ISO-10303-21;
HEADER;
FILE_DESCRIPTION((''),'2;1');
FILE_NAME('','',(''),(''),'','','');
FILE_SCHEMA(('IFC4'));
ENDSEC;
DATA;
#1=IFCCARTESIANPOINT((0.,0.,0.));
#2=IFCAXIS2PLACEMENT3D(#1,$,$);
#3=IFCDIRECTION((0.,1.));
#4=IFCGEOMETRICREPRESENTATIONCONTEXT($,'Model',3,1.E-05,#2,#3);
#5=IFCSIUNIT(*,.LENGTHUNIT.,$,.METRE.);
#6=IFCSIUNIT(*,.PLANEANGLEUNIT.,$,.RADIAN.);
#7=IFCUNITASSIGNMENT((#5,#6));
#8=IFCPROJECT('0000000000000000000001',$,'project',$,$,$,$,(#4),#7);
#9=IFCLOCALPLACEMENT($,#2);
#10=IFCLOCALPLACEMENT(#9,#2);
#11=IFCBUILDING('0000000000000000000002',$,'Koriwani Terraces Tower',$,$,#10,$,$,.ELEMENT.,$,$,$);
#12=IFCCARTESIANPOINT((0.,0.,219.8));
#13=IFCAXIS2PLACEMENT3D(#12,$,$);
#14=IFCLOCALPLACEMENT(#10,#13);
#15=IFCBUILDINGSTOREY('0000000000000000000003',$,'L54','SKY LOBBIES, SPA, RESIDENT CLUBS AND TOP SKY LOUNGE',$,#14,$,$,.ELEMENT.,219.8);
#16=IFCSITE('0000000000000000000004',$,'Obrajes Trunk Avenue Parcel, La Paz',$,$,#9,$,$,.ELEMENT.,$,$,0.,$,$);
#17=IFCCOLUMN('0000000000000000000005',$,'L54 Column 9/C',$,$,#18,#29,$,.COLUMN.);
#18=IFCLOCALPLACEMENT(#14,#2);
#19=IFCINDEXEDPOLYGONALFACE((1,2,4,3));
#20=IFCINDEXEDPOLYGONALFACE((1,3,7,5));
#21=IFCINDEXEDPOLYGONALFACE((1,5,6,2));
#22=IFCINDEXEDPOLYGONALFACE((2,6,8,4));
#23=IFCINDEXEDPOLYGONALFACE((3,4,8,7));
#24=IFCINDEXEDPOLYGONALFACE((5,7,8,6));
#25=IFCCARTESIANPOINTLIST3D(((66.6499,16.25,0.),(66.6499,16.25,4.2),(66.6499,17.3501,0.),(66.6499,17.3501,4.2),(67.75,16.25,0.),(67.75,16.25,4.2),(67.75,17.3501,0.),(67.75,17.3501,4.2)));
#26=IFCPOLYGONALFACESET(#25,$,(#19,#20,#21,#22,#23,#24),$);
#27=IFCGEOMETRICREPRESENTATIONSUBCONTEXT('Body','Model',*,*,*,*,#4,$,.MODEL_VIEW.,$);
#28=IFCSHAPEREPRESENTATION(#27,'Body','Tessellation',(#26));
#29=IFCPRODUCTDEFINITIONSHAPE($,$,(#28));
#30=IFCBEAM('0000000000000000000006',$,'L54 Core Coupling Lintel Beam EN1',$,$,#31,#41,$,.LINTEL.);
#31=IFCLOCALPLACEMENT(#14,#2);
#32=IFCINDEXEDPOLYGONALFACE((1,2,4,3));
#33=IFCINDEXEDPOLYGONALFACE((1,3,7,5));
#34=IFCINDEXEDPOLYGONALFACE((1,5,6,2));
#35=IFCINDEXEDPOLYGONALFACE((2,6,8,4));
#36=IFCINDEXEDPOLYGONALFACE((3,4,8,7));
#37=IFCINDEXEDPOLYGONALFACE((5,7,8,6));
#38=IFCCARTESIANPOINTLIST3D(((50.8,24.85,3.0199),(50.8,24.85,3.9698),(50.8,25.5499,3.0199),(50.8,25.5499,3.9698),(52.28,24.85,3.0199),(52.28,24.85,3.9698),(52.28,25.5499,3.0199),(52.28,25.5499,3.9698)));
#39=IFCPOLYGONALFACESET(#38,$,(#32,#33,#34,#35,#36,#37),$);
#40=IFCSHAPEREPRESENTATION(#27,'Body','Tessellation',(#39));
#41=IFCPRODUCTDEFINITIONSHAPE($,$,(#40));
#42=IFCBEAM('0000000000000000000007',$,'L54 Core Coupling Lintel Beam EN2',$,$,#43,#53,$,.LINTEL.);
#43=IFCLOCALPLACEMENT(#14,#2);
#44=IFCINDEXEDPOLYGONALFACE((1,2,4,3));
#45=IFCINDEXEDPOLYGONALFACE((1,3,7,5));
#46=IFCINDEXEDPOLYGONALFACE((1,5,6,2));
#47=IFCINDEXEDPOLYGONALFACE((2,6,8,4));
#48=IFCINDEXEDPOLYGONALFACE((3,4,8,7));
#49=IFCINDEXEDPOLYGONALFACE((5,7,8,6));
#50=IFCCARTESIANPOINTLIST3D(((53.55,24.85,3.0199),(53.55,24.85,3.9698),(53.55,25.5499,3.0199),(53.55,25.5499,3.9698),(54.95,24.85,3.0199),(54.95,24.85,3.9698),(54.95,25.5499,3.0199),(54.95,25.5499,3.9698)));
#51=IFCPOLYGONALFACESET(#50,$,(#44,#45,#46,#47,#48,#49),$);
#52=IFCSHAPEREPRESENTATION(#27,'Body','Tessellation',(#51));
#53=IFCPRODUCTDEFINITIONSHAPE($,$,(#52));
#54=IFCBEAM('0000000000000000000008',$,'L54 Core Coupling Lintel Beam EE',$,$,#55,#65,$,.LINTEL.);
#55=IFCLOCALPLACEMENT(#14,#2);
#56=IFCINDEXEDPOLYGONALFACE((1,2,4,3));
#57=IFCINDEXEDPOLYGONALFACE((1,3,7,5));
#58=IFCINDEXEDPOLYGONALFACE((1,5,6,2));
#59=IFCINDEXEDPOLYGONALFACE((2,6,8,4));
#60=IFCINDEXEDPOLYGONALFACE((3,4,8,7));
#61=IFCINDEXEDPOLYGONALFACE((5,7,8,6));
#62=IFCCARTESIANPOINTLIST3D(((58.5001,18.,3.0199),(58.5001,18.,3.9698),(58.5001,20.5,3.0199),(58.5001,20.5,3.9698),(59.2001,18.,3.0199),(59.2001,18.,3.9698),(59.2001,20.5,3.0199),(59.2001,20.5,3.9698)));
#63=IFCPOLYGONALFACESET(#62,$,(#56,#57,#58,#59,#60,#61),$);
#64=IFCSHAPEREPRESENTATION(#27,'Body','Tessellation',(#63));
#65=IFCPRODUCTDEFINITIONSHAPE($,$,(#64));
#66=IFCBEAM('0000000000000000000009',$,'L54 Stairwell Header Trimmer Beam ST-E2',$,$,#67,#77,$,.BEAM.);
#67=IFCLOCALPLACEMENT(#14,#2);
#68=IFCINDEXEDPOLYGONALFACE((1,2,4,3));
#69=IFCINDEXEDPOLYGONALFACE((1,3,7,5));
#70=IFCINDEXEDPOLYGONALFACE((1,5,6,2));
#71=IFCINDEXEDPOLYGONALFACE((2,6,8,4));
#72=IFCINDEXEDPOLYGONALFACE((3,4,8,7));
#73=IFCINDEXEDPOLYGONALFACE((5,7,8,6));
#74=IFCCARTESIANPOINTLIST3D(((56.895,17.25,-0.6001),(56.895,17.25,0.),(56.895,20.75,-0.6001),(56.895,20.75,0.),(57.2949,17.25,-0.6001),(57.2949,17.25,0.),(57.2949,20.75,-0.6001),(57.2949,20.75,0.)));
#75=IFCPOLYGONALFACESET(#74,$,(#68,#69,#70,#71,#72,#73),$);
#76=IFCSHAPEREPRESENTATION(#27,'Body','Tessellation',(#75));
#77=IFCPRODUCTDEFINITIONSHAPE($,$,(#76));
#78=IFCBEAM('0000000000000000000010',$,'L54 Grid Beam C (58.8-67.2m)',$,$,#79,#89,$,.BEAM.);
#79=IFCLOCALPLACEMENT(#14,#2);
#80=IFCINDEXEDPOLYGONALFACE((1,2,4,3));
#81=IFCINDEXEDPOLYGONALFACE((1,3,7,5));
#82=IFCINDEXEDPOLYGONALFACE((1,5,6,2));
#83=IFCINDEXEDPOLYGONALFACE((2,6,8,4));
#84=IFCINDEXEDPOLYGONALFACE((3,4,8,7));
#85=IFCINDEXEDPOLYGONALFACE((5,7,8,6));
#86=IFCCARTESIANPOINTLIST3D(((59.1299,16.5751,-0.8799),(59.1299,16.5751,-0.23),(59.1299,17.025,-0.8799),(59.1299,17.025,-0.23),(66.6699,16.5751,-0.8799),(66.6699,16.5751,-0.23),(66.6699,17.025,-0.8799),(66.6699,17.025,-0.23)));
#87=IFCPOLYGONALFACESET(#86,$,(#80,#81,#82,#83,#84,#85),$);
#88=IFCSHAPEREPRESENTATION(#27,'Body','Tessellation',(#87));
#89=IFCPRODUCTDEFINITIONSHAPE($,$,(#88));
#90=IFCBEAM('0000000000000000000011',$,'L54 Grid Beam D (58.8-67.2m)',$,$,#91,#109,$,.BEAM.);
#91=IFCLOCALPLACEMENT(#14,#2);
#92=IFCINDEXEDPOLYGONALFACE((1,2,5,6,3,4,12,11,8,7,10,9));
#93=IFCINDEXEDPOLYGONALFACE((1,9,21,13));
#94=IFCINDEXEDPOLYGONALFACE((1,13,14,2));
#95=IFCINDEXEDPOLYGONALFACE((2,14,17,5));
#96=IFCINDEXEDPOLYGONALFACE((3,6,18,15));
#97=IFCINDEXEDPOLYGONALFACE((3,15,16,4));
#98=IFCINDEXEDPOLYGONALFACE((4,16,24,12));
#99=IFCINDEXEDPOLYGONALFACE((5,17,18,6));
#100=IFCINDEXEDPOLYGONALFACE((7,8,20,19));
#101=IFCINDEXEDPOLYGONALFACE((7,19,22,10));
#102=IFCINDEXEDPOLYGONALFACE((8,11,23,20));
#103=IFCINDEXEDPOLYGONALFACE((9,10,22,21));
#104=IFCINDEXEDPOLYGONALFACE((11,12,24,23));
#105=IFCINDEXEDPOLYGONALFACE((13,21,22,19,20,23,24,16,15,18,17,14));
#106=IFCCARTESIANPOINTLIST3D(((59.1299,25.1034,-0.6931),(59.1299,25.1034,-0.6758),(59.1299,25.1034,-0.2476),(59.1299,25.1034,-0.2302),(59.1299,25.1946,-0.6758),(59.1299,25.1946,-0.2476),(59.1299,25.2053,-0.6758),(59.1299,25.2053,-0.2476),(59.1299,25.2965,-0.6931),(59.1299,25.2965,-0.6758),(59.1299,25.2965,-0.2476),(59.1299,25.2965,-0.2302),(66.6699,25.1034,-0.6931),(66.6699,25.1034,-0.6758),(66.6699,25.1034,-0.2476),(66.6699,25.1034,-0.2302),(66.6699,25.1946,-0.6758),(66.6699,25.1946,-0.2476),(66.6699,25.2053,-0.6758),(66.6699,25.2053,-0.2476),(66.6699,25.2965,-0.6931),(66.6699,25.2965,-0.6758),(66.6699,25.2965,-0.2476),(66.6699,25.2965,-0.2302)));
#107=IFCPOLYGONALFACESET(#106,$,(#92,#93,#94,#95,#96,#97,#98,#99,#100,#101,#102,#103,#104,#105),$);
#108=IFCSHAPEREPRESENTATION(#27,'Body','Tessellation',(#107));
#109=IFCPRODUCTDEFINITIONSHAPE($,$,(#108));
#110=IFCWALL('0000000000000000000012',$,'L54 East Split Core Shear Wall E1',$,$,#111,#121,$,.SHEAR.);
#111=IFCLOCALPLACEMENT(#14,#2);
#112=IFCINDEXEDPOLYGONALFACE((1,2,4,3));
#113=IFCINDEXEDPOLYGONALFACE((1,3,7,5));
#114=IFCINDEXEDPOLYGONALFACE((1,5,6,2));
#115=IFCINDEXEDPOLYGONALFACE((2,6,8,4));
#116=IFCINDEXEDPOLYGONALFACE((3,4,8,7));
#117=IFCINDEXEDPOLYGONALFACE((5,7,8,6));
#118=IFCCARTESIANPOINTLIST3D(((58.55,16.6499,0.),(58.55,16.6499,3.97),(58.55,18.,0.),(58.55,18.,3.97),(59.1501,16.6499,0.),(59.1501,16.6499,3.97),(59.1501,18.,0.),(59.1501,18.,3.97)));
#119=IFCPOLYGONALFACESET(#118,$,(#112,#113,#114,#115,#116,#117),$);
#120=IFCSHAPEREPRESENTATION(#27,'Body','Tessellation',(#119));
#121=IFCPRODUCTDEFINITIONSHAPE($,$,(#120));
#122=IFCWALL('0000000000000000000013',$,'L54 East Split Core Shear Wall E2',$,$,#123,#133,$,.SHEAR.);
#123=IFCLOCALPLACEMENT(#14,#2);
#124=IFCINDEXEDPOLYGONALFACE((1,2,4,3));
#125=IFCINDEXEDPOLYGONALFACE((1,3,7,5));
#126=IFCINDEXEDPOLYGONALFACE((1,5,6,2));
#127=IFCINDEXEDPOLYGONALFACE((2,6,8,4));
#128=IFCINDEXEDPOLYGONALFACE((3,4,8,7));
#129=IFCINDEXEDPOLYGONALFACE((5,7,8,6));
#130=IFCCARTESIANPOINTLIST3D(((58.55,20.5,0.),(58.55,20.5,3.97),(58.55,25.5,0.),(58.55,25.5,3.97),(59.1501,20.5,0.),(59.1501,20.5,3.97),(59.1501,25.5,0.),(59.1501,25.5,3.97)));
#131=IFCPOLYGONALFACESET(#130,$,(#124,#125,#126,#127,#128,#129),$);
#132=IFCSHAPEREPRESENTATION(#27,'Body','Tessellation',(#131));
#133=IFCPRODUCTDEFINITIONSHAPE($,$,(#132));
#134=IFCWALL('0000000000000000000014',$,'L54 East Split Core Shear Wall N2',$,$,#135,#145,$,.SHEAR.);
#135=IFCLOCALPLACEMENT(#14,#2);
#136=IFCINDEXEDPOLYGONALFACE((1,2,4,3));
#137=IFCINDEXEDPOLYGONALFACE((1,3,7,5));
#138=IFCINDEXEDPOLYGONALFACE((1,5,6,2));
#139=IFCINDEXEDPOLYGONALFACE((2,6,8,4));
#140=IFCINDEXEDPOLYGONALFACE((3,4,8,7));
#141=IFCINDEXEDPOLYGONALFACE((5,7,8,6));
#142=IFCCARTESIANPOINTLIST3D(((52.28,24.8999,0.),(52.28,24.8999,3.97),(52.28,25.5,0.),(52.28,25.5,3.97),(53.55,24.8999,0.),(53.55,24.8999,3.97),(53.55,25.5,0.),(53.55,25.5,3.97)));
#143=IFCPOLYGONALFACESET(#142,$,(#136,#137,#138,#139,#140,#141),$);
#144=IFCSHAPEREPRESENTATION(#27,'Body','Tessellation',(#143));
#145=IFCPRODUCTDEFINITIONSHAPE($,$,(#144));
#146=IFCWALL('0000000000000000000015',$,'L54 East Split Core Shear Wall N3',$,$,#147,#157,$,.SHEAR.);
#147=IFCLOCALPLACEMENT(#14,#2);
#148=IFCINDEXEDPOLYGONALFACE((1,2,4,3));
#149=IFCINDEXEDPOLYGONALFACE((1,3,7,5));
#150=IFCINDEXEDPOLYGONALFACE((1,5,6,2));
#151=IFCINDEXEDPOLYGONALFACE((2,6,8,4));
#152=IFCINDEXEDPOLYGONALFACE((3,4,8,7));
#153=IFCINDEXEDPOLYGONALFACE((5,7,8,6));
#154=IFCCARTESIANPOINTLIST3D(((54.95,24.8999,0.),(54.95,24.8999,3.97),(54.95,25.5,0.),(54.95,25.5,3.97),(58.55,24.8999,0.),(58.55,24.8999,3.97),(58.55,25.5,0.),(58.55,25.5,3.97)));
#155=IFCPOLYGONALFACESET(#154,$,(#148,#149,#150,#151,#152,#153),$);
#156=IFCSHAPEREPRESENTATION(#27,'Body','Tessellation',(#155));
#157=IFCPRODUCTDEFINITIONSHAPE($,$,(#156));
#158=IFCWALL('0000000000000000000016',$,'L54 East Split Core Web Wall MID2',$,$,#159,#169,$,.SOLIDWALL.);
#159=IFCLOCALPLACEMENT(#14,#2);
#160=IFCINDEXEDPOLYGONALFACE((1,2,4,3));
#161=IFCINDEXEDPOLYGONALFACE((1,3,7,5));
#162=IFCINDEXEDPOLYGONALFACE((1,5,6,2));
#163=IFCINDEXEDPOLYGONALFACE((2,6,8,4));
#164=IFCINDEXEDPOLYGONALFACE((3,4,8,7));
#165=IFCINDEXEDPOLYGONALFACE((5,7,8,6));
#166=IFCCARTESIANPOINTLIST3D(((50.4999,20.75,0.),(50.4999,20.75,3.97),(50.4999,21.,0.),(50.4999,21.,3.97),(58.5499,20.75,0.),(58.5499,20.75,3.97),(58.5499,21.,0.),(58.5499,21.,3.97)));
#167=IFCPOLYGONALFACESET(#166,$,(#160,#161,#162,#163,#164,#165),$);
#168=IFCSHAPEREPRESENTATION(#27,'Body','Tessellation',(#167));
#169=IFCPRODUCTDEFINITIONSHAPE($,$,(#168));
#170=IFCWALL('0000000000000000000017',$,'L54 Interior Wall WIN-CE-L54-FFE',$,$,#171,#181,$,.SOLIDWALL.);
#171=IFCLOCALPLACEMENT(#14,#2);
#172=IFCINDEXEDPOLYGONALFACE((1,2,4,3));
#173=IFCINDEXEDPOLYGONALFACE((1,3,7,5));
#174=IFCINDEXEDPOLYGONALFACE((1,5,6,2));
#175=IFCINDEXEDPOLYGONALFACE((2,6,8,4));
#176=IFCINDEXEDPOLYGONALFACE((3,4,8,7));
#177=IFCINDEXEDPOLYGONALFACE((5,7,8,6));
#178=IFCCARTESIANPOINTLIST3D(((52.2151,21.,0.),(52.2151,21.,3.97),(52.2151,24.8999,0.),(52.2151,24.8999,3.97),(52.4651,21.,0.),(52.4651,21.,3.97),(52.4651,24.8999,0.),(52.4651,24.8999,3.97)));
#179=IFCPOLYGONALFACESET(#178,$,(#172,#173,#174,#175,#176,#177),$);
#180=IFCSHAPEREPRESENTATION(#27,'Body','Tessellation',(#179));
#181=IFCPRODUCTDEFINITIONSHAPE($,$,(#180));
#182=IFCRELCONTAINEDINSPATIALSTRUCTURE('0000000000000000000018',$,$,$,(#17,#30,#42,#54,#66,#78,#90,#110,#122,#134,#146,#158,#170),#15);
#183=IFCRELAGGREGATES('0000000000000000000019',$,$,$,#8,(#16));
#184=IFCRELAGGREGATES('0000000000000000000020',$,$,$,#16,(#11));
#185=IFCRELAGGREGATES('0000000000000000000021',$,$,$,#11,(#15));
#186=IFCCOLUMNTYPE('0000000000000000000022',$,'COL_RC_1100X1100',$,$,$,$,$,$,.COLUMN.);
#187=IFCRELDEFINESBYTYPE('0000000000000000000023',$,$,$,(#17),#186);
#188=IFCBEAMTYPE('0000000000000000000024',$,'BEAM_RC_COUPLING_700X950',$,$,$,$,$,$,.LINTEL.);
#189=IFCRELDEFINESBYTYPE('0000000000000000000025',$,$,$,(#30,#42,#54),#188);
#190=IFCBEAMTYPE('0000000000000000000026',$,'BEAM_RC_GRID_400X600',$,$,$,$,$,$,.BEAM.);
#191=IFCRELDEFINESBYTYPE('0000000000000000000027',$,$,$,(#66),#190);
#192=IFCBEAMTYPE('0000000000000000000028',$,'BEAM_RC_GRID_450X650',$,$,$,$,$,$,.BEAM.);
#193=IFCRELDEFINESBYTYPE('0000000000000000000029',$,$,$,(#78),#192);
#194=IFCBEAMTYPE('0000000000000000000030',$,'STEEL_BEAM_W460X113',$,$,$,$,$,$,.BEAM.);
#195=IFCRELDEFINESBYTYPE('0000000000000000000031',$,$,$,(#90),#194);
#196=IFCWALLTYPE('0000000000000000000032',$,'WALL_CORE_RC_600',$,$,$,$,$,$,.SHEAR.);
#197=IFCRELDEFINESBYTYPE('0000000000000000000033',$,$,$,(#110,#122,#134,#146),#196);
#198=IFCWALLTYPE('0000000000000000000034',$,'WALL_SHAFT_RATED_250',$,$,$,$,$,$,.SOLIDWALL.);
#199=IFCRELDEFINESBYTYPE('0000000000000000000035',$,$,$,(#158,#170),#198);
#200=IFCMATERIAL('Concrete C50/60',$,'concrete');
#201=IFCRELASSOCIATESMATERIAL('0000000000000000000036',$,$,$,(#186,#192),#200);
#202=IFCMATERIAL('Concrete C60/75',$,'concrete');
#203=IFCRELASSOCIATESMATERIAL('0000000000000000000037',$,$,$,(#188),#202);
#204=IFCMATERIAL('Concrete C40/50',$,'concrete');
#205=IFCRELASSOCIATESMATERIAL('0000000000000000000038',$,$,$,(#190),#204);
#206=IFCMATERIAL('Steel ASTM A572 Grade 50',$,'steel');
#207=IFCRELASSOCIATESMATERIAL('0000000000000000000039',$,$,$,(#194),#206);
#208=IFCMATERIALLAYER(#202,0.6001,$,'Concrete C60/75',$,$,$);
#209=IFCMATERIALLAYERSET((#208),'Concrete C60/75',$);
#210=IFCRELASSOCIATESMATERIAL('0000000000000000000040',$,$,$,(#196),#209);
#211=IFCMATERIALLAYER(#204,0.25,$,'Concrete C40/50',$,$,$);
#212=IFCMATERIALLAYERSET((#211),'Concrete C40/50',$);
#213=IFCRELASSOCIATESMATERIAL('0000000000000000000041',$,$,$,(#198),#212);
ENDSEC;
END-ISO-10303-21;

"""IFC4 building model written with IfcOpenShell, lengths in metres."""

from ifc_helpers import new_model, si_unit, direction, frame, frame_2d, origin, origin_2d, place, context, subcontext, project, spatial, rectangle, i_section, extrude, material, layer, layer_set, material_profile, profile_set, type_object, element, save


model = new_model("IFC4")

# Units and contexts
model_context = context("Model", 3, precision=1e-05, world=origin(), true_north=direction((0.0, 1.0)))
body_context = subcontext(model_context, "Body", "Model", "MODEL_VIEW")
ifc_project = project(units=[si_unit("LENGTHUNIT", "METRE"), si_unit("PLANEANGLEUNIT", "RADIAN")], contexts=[model_context])

# Site, building, storey
site_placement = place(None, origin())
site = spatial("IfcSite", under=ifc_project, at=site_placement, Name="Obrajes Trunk Avenue Parcel, La Paz", CompositionType="ELEMENT", RefElevation=0.0)
building_placement = place(site_placement, origin())
building = spatial("IfcBuilding", under=site, at=building_placement, Name="Koriwani Terraces Tower", CompositionType="ELEMENT")
storey_placement = place(building_placement, frame((0.0, 0.0, 219.8)))
storey = spatial("IfcBuildingStorey", under=building, at=storey_placement, Name="L54", Description="SKY LOBBIES, SPA, RESIDENT CLUBS AND TOP SKY LOUNGE", CompositionType="ELEMENT", Elevation=219.8)

# Column
ifc_material_1 = material(Name="Concrete C50/60", Category="concrete")
ifc_material_profile_1 = material_profile(ifc_material_1, rectangle(XDim=1.1001, YDim=1.1001, at=origin_2d()), Name="Concrete C50/60", Category="LoadBearing")
ifc_profile_set_1 = profile_set([ifc_material_profile_1], Name="Concrete C50/60")
column_type = type_object("IfcColumnType", Name="COL_RC_1100X1100", PredefinedType="COLUMN", material=ifc_profile_set_1)
column_placement = place(storey_placement, frame((67.2, 16.8, 0.0), z_axis=(0.0, 0.0, 1.0), x_axis=(1.0, 0.0, 0.0)))
element("IfcColumn", 1, at=column_placement, inside=storey, type_object=column_type, Name="L54 Column 9/C", PredefinedType="COLUMN", context=body_context, shape_type="SweptSolid", body=[
    extrude(rectangle(XDim=1.1001, YDim=1.1001, at=origin_2d()), origin(), (0.0, 0.0, 1.0), 4.2),
])

# Beams
ifc_material_2 = material(Name="Concrete C60/75", Category="concrete")
ifc_material_profile_2 = material_profile(ifc_material_2, rectangle(XDim=0.7, YDim=0.95, at=origin_2d()), Name="Concrete C60/75", Category="LoadBearing")
ifc_profile_set_2 = profile_set([ifc_material_profile_2], Name="Concrete C60/75")
beam_type_1 = type_object("IfcBeamType", Name="BEAM_RC_COUPLING_700X950", PredefinedType="LINTEL", material=ifc_profile_set_2)
beam_1_placement = place(storey_placement, frame((50.8, 25.2, 3.4949), z_axis=(1.0, 0.0, 0.0), x_axis=(0.0, 1.0, 0.0)))
element("IfcBeam", 2, at=beam_1_placement, inside=storey, type_object=beam_type_1, Name="L54 Core Coupling Lintel Beam EN1", PredefinedType="LINTEL", context=body_context, shape_type="SweptSolid", body=[
    extrude(rectangle(XDim=0.7, YDim=0.95, at=origin_2d()), origin(), (0.0, 0.0, 1.0), 1.48),
])
beam_2_placement = place(storey_placement, frame((53.55, 25.2, 3.4949), z_axis=(1.0, 0.0, 0.0), x_axis=(0.0, 1.0, 0.0)))
element("IfcBeam", 3, at=beam_2_placement, inside=storey, type_object=beam_type_1, Name="L54 Core Coupling Lintel Beam EN2", PredefinedType="LINTEL", context=body_context, shape_type="SweptSolid", body=[
    extrude(rectangle(XDim=0.7, YDim=0.95, at=origin_2d()), origin(), (0.0, 0.0, 1.0), 1.3999),
])
beam_3_placement = place(storey_placement, frame((58.8501, 18.0, 3.4949), z_axis=(0.0, 1.0, 0.0), x_axis=(-1.0, 0.0, 0.0)))
element("IfcBeam", 4, at=beam_3_placement, inside=storey, type_object=beam_type_1, Name="L54 Core Coupling Lintel Beam EE", PredefinedType="LINTEL", context=body_context, shape_type="SweptSolid", body=[
    extrude(rectangle(XDim=0.7, YDim=0.95, at=origin_2d()), origin(), (0.0, 0.0, 1.0), 2.5),
])
ifc_material_3 = material(Name="Concrete C40/50", Category="concrete")
ifc_material_profile_3 = material_profile(ifc_material_3, rectangle(XDim=0.3999, YDim=0.6001, at=origin_2d()), Name="Concrete C40/50", Category="LoadBearing")
ifc_profile_set_3 = profile_set([ifc_material_profile_3], Name="Concrete C40/50")
beam_type_2 = type_object("IfcBeamType", Name="BEAM_RC_GRID_400X600", PredefinedType="BEAM", material=ifc_profile_set_3)
beam_4_placement = place(storey_placement, frame((57.095, 17.25, -0.3), z_axis=(0.0, 1.0, 0.0), x_axis=(-1.0, 0.0, 0.0)))
element("IfcBeam", 5, at=beam_4_placement, inside=storey, type_object=beam_type_2, Name="L54 Stairwell Header Trimmer Beam ST-E2", PredefinedType="BEAM", context=body_context, shape_type="SweptSolid", body=[
    extrude(rectangle(XDim=0.3999, YDim=0.6001, at=origin_2d()), origin(), (0.0, 0.0, 1.0), 3.5),
])
ifc_material_profile_4 = material_profile(ifc_material_1, rectangle(XDim=0.45, YDim=0.6499, at=origin_2d()), Name="Concrete C50/60", Category="LoadBearing")
ifc_profile_set_4 = profile_set([ifc_material_profile_4], Name="Concrete C50/60")
beam_type_3 = type_object("IfcBeamType", Name="BEAM_RC_GRID_450X650", PredefinedType="BEAM", material=ifc_profile_set_4)
beam_5_placement = place(storey_placement, frame((59.1299, 16.8, -0.5549), z_axis=(1.0, 0.0, 0.0), x_axis=(0.0, 1.0, 0.0)))
element("IfcBeam", 6, at=beam_5_placement, inside=storey, type_object=beam_type_3, Name="L54 Grid Beam C (58.8-67.2m)", PredefinedType="BEAM", context=body_context, shape_type="SweptSolid", body=[
    extrude(rectangle(XDim=0.45, YDim=0.6499, at=origin_2d()), origin(), (0.0, 0.0, 1.0), 7.54),
])
ifc_material_4 = material(Name="Steel ASTM A572 Grade 50", Category="steel")
ifc_material_profile_5 = material_profile(ifc_material_4, i_section(OverallWidth=0.1931, OverallDepth=0.4629, WebThickness=0.0107, FlangeThickness=0.0173, at=origin_2d()), Name="Steel ASTM A572 Grade 50", Category="LoadBearing")
ifc_profile_set_5 = profile_set([ifc_material_profile_5], Name="Steel ASTM A572 Grade 50")
beam_type_4 = type_object("IfcBeamType", Name="STEEL_BEAM_W460X113", PredefinedType="BEAM", material=ifc_profile_set_5)
beam_6_placement = place(storey_placement, frame((59.1299, 25.2, -0.4617), z_axis=(1.0, 0.0, 0.0), x_axis=(0.0, 1.0, 0.0)))
element("IfcBeam", 7, at=beam_6_placement, inside=storey, type_object=beam_type_4, Name="L54 Grid Beam D (58.8-67.2m)", PredefinedType="BEAM", context=body_context, shape_type="SweptSolid", body=[
    extrude(i_section(OverallWidth=0.1931, OverallDepth=0.4629, WebThickness=0.0107, FlangeThickness=0.0173, at=origin_2d()), origin(), (0.0, 0.0, 1.0), 7.54),
])

# Walls
ifc_layer_1 = layer(ifc_material_2, 0.6001, Name="Concrete C60/75")
ifc_layer_set_1 = layer_set([ifc_layer_1], Name="Concrete C60/75")
wall_type_1 = type_object("IfcWallType", Name="WALL_CORE_RC_600", PredefinedType="SHEAR", material=ifc_layer_set_1)
wall_1_placement = place(storey_placement, frame((58.8501, 16.6499, 0.0), z_axis=(0.0, 0.0, 1.0), x_axis=(0.0, 1.0, 0.0)))
element("IfcWall", 8, at=wall_1_placement, inside=storey, type_object=wall_type_1, Name="L54 East Split Core Shear Wall E1", PredefinedType="SHEAR", context=body_context, shape_type="SweptSolid", body=[
    extrude(rectangle(XDim=1.3501, YDim=0.6001, at=frame_2d((0.675, 0.0))), origin(), (0.0, 0.0, 1.0), 3.97),
])
wall_2_placement = place(storey_placement, frame((58.8501, 20.5, 0.0), z_axis=(0.0, 0.0, 1.0), x_axis=(0.0, 1.0, 0.0)))
element("IfcWall", 9, at=wall_2_placement, inside=storey, type_object=wall_type_1, Name="L54 East Split Core Shear Wall E2", PredefinedType="SHEAR", context=body_context, shape_type="SweptSolid", body=[
    extrude(rectangle(XDim=5.0, YDim=0.6001, at=frame_2d((2.5, 0.0))), origin(), (0.0, 0.0, 1.0), 3.97),
])
wall_3_placement = place(storey_placement, frame((52.28, 25.2, 0.0), z_axis=(0.0, 0.0, 1.0), x_axis=(1.0, 0.0, 0.0)))
element("IfcWall", 10, at=wall_3_placement, inside=storey, type_object=wall_type_1, Name="L54 East Split Core Shear Wall N2", PredefinedType="SHEAR", context=body_context, shape_type="SweptSolid", body=[
    extrude(rectangle(XDim=1.27, YDim=0.6001, at=frame_2d((0.635, 0.0))), origin(), (0.0, 0.0, 1.0), 3.97),
])
wall_4_placement = place(storey_placement, frame((54.95, 25.2, 0.0), z_axis=(0.0, 0.0, 1.0), x_axis=(1.0, 0.0, 0.0)))
element("IfcWall", 11, at=wall_4_placement, inside=storey, type_object=wall_type_1, Name="L54 East Split Core Shear Wall N3", PredefinedType="SHEAR", context=body_context, shape_type="SweptSolid", body=[
    extrude(rectangle(XDim=3.6001, YDim=0.6001, at=frame_2d((1.8, 0.0))), origin(), (0.0, 0.0, 1.0), 3.97),
])
ifc_layer_2 = layer(ifc_material_3, 0.25, Name="Concrete C40/50")
ifc_layer_set_2 = layer_set([ifc_layer_2], Name="Concrete C40/50")
wall_type_2 = type_object("IfcWallType", Name="WALL_SHAFT_RATED_250", PredefinedType="SOLIDWALL", material=ifc_layer_set_2)
wall_5_placement = place(storey_placement, frame((50.5, 20.875, 0.0), z_axis=(0.0, 0.0, 1.0), x_axis=(1.0, 0.0, 0.0)))
element("IfcWall", 12, at=wall_5_placement, inside=storey, type_object=wall_type_2, Name="L54 East Split Core Web Wall MID2", PredefinedType="SOLIDWALL", context=body_context, shape_type="SweptSolid", body=[
    extrude(rectangle(XDim=8.05, YDim=0.25, at=frame_2d((4.0249, 0.0))), origin(), (0.0, 0.0, 1.0), 3.97),
])

# Wall
wall_6_placement = place(storey_placement, frame((52.3401, 21.0, 0.0), z_axis=(0.0, 0.0, 1.0), x_axis=(0.0, 1.0, 0.0)))
element("IfcWall", 13, at=wall_6_placement, inside=storey, type_object=wall_type_2, Name="L54 Interior Wall WIN-CE-L54-FFE", PredefinedType="SOLIDWALL", context=body_context, shape_type="SweptSolid", body=[
    extrude(rectangle(XDim=3.8999, YDim=0.25, at=frame_2d((1.95, 0.0))), origin(), (0.0, 0.0, 1.0), 3.97),
])

save(model, "model.ifc")
